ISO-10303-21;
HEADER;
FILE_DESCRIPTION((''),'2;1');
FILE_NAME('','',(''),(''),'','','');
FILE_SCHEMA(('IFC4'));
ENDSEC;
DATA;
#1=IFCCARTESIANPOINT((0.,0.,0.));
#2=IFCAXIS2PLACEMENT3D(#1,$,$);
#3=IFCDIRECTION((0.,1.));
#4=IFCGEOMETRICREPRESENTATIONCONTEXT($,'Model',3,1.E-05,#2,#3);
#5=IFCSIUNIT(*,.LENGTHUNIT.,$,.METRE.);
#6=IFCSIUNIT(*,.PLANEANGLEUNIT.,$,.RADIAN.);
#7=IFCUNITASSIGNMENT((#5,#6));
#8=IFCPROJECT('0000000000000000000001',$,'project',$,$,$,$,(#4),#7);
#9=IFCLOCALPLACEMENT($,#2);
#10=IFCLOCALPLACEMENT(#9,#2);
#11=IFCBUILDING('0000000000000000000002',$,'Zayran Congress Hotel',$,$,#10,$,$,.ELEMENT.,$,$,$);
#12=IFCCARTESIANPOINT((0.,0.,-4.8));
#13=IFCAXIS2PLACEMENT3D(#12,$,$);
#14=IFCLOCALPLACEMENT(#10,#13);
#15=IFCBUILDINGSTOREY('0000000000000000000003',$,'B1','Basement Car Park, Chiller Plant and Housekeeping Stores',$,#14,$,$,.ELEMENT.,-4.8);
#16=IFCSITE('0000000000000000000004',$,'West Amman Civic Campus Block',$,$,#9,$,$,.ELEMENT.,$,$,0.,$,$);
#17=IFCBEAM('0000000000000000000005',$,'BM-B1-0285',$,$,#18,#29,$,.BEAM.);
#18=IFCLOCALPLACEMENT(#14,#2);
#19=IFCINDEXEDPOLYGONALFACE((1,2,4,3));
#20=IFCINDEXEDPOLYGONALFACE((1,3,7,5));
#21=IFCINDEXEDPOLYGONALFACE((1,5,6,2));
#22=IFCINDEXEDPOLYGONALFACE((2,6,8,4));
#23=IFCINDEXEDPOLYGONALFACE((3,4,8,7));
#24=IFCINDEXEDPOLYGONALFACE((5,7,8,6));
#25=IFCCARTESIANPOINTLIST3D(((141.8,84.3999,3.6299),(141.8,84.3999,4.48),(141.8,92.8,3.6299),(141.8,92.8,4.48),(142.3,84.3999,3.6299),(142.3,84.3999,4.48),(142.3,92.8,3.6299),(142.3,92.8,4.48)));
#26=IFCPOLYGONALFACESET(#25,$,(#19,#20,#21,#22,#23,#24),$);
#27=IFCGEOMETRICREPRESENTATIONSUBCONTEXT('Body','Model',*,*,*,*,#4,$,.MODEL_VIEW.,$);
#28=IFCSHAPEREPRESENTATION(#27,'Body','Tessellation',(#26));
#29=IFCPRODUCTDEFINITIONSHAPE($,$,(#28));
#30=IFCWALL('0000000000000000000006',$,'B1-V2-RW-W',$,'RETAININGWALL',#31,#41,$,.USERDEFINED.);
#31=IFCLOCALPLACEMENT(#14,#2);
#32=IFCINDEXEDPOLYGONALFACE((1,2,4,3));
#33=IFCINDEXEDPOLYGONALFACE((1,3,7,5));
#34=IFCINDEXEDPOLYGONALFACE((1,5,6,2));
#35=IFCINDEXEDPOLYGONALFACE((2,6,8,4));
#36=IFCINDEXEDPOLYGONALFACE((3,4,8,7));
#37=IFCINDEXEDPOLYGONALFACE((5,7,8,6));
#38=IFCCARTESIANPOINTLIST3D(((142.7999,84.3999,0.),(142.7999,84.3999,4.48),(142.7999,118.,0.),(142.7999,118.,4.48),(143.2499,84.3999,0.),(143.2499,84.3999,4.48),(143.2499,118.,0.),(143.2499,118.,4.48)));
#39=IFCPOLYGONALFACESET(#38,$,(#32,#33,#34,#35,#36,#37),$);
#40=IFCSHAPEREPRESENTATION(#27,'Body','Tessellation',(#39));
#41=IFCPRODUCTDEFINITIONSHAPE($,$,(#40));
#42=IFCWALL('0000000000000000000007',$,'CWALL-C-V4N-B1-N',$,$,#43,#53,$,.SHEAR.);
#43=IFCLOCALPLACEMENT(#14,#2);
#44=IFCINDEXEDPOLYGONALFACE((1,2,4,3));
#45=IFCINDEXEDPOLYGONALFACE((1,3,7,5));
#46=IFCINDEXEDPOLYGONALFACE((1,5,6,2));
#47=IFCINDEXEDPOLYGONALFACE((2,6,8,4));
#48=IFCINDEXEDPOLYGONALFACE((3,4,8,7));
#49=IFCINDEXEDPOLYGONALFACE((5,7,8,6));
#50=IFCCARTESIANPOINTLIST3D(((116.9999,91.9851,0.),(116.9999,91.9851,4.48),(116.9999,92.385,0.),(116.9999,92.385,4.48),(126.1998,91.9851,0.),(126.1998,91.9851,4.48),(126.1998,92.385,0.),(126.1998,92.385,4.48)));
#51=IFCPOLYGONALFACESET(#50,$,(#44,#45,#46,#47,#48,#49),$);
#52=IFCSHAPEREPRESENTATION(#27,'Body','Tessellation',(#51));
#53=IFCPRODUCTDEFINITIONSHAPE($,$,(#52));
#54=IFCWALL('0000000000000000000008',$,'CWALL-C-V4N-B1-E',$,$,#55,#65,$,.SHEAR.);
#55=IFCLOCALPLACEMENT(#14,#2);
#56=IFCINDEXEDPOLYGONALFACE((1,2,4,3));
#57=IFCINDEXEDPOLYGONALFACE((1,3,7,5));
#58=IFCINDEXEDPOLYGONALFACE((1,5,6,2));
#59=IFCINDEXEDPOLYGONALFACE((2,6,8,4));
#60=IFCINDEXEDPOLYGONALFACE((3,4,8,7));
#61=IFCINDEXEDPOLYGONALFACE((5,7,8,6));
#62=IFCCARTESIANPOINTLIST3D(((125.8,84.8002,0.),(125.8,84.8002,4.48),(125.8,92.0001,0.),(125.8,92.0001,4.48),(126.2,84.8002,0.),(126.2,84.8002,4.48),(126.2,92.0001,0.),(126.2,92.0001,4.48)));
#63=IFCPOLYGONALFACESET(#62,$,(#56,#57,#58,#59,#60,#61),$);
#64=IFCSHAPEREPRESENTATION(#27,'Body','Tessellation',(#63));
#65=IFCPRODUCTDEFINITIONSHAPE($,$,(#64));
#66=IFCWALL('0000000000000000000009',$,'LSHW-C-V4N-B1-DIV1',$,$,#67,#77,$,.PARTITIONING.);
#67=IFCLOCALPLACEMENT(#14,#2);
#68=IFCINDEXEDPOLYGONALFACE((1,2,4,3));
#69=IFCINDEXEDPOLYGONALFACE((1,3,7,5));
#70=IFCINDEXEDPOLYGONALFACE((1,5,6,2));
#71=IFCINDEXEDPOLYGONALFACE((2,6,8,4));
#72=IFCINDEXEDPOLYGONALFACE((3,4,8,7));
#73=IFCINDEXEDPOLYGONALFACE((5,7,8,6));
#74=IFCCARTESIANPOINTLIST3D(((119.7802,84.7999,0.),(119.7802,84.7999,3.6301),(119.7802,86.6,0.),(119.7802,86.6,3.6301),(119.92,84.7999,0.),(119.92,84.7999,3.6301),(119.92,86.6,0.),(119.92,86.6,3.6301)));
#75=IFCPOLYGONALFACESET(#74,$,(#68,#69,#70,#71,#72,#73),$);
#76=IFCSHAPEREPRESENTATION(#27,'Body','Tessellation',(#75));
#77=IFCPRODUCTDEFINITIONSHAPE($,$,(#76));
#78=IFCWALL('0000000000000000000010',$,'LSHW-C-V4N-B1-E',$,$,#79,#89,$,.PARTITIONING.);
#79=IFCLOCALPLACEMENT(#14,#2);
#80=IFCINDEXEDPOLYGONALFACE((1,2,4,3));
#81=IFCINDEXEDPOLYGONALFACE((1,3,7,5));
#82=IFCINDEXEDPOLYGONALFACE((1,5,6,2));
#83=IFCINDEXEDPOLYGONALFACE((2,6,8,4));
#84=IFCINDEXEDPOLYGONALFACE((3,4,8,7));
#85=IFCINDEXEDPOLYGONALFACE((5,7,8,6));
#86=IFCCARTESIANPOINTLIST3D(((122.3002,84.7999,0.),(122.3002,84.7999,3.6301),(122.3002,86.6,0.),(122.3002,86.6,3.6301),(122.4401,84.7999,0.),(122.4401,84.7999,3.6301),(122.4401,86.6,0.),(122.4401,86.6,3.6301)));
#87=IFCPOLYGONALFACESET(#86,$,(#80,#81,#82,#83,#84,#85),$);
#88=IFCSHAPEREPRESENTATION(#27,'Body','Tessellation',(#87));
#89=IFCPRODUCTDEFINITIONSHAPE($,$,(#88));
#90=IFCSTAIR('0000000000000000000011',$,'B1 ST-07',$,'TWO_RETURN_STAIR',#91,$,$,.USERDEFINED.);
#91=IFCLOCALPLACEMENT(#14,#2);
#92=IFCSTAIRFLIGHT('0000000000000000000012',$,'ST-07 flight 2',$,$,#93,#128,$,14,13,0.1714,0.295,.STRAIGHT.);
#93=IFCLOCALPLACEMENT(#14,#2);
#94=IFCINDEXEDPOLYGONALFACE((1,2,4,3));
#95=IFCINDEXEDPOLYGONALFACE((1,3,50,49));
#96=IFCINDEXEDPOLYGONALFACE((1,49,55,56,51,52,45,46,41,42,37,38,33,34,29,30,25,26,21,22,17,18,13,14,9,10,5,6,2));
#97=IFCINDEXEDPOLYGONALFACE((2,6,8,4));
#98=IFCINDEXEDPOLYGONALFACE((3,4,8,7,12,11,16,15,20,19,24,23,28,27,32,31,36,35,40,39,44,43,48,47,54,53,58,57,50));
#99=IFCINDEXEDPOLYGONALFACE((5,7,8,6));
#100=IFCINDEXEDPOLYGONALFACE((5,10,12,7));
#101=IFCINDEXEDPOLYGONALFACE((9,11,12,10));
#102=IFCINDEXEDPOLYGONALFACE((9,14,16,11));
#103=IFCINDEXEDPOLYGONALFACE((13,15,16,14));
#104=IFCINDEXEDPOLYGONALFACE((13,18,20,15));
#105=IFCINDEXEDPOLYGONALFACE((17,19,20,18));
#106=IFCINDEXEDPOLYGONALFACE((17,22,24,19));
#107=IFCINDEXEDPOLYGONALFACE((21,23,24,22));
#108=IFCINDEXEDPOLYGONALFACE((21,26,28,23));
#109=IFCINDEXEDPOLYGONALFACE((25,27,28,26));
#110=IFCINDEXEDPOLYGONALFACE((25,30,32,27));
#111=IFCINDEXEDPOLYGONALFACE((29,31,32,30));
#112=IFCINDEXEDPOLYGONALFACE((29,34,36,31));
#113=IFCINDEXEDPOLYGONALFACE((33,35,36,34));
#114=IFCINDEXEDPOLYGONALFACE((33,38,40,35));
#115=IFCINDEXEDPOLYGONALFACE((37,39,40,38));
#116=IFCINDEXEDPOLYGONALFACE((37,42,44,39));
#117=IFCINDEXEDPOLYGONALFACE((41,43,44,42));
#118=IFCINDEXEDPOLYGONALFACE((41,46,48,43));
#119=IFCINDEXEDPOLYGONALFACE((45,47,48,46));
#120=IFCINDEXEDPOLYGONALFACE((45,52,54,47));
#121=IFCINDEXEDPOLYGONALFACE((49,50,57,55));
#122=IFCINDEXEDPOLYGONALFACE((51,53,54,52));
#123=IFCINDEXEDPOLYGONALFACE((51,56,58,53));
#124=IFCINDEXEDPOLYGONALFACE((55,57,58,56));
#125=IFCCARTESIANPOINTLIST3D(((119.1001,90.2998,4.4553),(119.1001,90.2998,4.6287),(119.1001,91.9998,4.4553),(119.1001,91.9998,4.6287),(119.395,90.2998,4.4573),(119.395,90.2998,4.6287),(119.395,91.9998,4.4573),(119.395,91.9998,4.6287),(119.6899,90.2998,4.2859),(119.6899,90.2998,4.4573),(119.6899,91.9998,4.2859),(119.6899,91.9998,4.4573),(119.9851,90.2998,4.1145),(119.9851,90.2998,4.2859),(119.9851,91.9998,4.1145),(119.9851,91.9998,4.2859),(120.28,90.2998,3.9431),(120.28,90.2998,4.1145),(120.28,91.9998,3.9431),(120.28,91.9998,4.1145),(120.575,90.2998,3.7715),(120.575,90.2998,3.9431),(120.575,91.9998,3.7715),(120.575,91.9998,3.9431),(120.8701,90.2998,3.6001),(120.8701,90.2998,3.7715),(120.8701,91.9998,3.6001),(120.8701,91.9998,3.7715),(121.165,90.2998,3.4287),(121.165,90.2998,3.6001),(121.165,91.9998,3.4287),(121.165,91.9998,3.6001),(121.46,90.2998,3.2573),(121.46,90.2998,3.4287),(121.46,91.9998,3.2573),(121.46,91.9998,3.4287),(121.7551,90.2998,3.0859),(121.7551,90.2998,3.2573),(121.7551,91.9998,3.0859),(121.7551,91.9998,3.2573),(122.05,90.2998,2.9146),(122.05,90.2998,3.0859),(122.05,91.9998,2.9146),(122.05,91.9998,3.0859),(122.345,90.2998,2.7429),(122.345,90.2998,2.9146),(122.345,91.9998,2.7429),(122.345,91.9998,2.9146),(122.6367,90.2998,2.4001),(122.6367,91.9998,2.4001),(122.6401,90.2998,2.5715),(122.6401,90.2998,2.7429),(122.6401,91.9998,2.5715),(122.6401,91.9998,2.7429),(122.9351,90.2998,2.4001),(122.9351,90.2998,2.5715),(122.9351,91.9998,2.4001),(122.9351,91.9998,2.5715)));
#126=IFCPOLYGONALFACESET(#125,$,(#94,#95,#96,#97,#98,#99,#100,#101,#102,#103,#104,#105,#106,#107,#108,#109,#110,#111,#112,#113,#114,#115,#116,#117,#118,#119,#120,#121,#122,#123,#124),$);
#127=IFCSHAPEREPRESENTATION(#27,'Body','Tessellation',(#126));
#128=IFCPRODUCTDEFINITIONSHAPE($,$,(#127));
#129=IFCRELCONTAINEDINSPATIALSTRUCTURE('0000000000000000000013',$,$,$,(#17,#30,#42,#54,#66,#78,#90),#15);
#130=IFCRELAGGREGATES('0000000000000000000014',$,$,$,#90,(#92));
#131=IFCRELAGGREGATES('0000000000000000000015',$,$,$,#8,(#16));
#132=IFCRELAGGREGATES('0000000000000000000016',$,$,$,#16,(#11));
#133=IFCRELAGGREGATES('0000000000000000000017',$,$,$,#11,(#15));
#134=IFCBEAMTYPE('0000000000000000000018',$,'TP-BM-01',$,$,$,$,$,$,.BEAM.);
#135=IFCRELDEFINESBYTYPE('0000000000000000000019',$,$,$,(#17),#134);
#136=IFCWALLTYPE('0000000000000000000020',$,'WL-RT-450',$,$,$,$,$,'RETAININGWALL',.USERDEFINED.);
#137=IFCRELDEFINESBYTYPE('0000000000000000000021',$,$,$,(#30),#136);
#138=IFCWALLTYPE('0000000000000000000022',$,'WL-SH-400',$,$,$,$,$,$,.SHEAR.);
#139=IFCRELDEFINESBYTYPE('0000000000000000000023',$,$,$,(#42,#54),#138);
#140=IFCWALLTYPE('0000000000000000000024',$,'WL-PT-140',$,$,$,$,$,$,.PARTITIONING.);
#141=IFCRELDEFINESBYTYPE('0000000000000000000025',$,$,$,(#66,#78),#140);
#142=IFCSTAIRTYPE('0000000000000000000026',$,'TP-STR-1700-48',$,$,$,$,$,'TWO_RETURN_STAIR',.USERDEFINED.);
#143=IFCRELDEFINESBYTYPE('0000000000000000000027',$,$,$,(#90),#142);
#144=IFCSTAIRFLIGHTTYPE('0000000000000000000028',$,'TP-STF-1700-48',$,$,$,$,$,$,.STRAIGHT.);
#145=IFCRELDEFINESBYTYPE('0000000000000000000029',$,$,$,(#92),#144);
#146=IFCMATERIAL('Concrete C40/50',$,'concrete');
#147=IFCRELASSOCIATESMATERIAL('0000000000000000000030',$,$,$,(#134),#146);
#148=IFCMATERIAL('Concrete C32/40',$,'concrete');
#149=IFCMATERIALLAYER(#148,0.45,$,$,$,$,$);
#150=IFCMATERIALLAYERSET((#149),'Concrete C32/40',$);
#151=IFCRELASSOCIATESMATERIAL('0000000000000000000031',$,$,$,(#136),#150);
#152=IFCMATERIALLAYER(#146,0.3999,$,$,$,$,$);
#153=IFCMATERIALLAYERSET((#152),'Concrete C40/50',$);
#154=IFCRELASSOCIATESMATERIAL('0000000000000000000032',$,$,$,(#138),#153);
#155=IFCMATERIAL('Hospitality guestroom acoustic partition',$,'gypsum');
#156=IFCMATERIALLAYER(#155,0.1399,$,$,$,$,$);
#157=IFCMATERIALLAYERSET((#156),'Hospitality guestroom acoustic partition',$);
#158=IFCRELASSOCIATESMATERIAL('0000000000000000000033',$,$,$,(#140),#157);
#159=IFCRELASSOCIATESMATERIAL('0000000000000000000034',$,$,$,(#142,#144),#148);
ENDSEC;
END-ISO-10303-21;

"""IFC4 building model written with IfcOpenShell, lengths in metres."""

from ifc_helpers import new_model, si_unit, direction, frame, frame_2d, origin, origin_2d, place, context, subcontext, project, spatial, polyline, rectangle, outline, extrude, material, layer, layer_set, material_profile, profile_set, type_object, element, aggregate, save


model = new_model("IFC4")

# Units and contexts
model_context = context("Model", 3, precision=1e-05, world=origin(), true_north=direction((0.0, 1.0)))
body_context = subcontext(model_context, "Body", "Model", "MODEL_VIEW")
ifc_project = project(units=[si_unit("LENGTHUNIT", "METRE"), si_unit("PLANEANGLEUNIT", "RADIAN")], contexts=[model_context])

# Site, building, storey
site_placement = place(None, origin())
site = spatial("IfcSite", under=ifc_project, at=site_placement, Name="West Amman Civic Campus Block", CompositionType="ELEMENT", RefElevation=0.0)
building_placement = place(site_placement, origin())
building = spatial("IfcBuilding", under=site, at=building_placement, Name="Zayran Congress Hotel", CompositionType="ELEMENT")
storey_placement = place(building_placement, frame((0.0, 0.0, -4.8)))
storey = spatial("IfcBuildingStorey", under=building, at=storey_placement, Name="B1", Description="Basement Car Park, Chiller Plant and Housekeeping Stores", CompositionType="ELEMENT", Elevation=-4.8)

# Shared definitions
ifc_material_1 = material(Name="Concrete C40/50", Category="concrete")

# Beam
ifc_material_profile_1 = material_profile(ifc_material_1, rectangle(XDim=0.5, YDim=0.8501, at=origin_2d()), Name="RC 500x850")
ifc_profile_set_1 = profile_set([ifc_material_profile_1], Name="Concrete C40/50")
beam_type = type_object("IfcBeamType", Name="TP-BM-01", PredefinedType="BEAM", material=ifc_profile_set_1)
for number, where, z_axis, x_axis, name in (
    (1, (142.05, 84.3999, 4.0549), (0.0, 1.0, 0.0), (-1.0, 0.0, 0.0), "BM-B1-0285"),
):
    element("IfcBeam", number, at=place(storey_placement, frame(where, z_axis=z_axis, x_axis=x_axis)), inside=storey, type_object=beam_type, Name=name, PredefinedType="BEAM", context=body_context, shape_type="SweptSolid", body=[
        extrude(rectangle(XDim=0.5, YDim=0.8501, at=origin_2d()), origin(), (0.0, 0.0, 1.0), 8.4001),
    ])

# Walls
ifc_material_2 = material(Name="Concrete C32/40", Category="concrete")
ifc_layer_1 = layer(ifc_material_2, 0.45)
ifc_layer_set_1 = layer_set([ifc_layer_1], Name="Concrete C32/40")
wall_type_1 = type_object("IfcWallType", Name="WL-RT-450", ElementType="RETAININGWALL", PredefinedType="USERDEFINED", material=ifc_layer_set_1)
wall_1_placement = place(storey_placement, frame((143.0249, 84.3999, 0.0), z_axis=(0.0, 0.0, 1.0), x_axis=(0.0, 1.0, 0.0)))
element("IfcWall", 2, at=wall_1_placement, inside=storey, type_object=wall_type_1, Name="B1-V2-RW-W", ObjectType="RETAININGWALL", PredefinedType="USERDEFINED", context=body_context, shape_type="SweptSolid", body=[
    extrude(rectangle(XDim=33.6001, YDim=0.45, at=frame_2d((16.8, 0.0))), origin(), (0.0, 0.0, 1.0), 4.48),
])
ifc_layer_2 = layer(ifc_material_1, 0.3999)
ifc_layer_set_2 = layer_set([ifc_layer_2], Name="Concrete C40/50")
wall_type_2 = type_object("IfcWallType", Name="WL-SH-400", PredefinedType="SHEAR", material=ifc_layer_set_2)
wall_2_placement = place(storey_placement, frame((126.2, 92.1851, 0.0), z_axis=(0.0, 0.0, 1.0), x_axis=(-1.0, 0.0, 0.0)))
element("IfcWall", 3, at=wall_2_placement, inside=storey, type_object=wall_type_2, Name="CWALL-C-V4N-B1-N", PredefinedType="SHEAR", context=body_context, shape_type="SweptSolid", body=[
    extrude(rectangle(XDim=9.2, YDim=0.3999, at=frame_2d((4.6001, 0.0))), origin(), (0.0, 0.0, 1.0), 4.48),
])
wall_3_placement = place(storey_placement, frame((126.0, 84.8, 0.0), z_axis=(0.0, 0.0, 1.0), x_axis=(0.0, 1.0, 0.0)))
element("IfcWall", 4, at=wall_3_placement, inside=storey, type_object=wall_type_2, Name="CWALL-C-V4N-B1-E", PredefinedType="SHEAR", context=body_context, shape_type="SweptSolid", body=[
    extrude(rectangle(XDim=7.2, YDim=0.3999, at=frame_2d((3.6001, 0.0))), origin(), (0.0, 0.0, 1.0), 4.48),
])
ifc_material_3 = material(Name="Hospitality guestroom acoustic partition", Category="gypsum")
ifc_layer_3 = layer(ifc_material_3, 0.1399)
ifc_layer_set_3 = layer_set([ifc_layer_3], Name="Hospitality guestroom acoustic partition")
wall_type_3 = type_object("IfcWallType", Name="WL-PT-140", PredefinedType="PARTITIONING", material=ifc_layer_set_3)
for number, where, z_axis, x_axis, name in (
    (5, (119.8501, 84.8, 0.0), (0.0, 0.0, 1.0), (0.0, 1.0, 0.0), "LSHW-C-V4N-B1-DIV1"),
    (6, (122.3701, 84.8, 0.0), (0.0, 0.0, 1.0), (0.0, 1.0, 0.0), "LSHW-C-V4N-B1-E"),
):
    element("IfcWall", number, at=place(storey_placement, frame(where, z_axis=z_axis, x_axis=x_axis)), inside=storey, type_object=wall_type_3, Name=name, PredefinedType="PARTITIONING", context=body_context, shape_type="SweptSolid", body=[
        extrude(rectangle(XDim=1.8, YDim=0.1399, at=frame_2d((0.8999, 0.0))), origin(), (0.0, 0.0, 1.0), 3.6301),
    ])

# Stair, stair flight
stair_type = type_object("IfcStairType", Name="TP-STR-1700-48", ElementType="TWO_RETURN_STAIR", PredefinedType="USERDEFINED", material=ifc_material_2)
stair_placement = place(storey_placement, origin())
stair = element("IfcStair", 7, at=stair_placement, inside=storey, type_object=stair_type, Name="B1 ST-07", ObjectType="TWO_RETURN_STAIR", PredefinedType="USERDEFINED")
stair_flight_type = type_object("IfcStairFlightType", Name="TP-STF-1700-48", PredefinedType="STRAIGHT", material=ifc_material_2)
stair_flight_placement = place(storey_placement, frame((122.9351, 91.1499, 2.4001), z_axis=(0.0, 0.0, 1.0), x_axis=(-1.0, 0.0, 0.0)))
stair_flight = element("IfcStairFlight", 8, at=stair_flight_placement, type_object=stair_flight_type, Name="ST-07 flight 2", NumberOfRisers=14, NumberOfTreads=13, PredefinedType="STRAIGHT", RiserHeight=0.1714, TreadLength=0.295, context=body_context, shape_type="SweptSolid", body=[
    extrude(outline(polyline([(0.0, 0.0), (0.0, 0.1714), (0.2949, 0.1714), (0.2949, 0.3428), (0.5901, 0.3428), (0.5901, 0.5144), (0.885, 0.5144), (0.885, 0.6858), (1.1799, 0.6858), (1.1799, 0.8572), (1.4751, 0.8572), (1.4751, 1.0286), (1.77, 1.0286), (1.77, 1.2), (2.0649, 1.2), (2.0649, 1.3713), (2.3601, 1.3713), (2.3601, 1.543), (2.655, 1.543), (2.655, 1.7144), (2.95, 1.7144), (2.95, 1.8857), (3.2451, 1.8857), (3.2451, 2.0571), (3.54, 2.0571), (3.54, 2.2285), (3.835, 2.2285), (3.835, 2.3999), (3.835, 2.0552), (0.2983, 0.0), (0.0, 0.0)])), frame((0.0, 0.8501, 0.0), z_axis=(0.0, -1.0, 0.0), x_axis=(1.0, 0.0, 0.0)), (0.0, 0.0, 1.0), 1.7),
])
aggregate(stair, [stair_flight])

save(model, "model.ifc")
